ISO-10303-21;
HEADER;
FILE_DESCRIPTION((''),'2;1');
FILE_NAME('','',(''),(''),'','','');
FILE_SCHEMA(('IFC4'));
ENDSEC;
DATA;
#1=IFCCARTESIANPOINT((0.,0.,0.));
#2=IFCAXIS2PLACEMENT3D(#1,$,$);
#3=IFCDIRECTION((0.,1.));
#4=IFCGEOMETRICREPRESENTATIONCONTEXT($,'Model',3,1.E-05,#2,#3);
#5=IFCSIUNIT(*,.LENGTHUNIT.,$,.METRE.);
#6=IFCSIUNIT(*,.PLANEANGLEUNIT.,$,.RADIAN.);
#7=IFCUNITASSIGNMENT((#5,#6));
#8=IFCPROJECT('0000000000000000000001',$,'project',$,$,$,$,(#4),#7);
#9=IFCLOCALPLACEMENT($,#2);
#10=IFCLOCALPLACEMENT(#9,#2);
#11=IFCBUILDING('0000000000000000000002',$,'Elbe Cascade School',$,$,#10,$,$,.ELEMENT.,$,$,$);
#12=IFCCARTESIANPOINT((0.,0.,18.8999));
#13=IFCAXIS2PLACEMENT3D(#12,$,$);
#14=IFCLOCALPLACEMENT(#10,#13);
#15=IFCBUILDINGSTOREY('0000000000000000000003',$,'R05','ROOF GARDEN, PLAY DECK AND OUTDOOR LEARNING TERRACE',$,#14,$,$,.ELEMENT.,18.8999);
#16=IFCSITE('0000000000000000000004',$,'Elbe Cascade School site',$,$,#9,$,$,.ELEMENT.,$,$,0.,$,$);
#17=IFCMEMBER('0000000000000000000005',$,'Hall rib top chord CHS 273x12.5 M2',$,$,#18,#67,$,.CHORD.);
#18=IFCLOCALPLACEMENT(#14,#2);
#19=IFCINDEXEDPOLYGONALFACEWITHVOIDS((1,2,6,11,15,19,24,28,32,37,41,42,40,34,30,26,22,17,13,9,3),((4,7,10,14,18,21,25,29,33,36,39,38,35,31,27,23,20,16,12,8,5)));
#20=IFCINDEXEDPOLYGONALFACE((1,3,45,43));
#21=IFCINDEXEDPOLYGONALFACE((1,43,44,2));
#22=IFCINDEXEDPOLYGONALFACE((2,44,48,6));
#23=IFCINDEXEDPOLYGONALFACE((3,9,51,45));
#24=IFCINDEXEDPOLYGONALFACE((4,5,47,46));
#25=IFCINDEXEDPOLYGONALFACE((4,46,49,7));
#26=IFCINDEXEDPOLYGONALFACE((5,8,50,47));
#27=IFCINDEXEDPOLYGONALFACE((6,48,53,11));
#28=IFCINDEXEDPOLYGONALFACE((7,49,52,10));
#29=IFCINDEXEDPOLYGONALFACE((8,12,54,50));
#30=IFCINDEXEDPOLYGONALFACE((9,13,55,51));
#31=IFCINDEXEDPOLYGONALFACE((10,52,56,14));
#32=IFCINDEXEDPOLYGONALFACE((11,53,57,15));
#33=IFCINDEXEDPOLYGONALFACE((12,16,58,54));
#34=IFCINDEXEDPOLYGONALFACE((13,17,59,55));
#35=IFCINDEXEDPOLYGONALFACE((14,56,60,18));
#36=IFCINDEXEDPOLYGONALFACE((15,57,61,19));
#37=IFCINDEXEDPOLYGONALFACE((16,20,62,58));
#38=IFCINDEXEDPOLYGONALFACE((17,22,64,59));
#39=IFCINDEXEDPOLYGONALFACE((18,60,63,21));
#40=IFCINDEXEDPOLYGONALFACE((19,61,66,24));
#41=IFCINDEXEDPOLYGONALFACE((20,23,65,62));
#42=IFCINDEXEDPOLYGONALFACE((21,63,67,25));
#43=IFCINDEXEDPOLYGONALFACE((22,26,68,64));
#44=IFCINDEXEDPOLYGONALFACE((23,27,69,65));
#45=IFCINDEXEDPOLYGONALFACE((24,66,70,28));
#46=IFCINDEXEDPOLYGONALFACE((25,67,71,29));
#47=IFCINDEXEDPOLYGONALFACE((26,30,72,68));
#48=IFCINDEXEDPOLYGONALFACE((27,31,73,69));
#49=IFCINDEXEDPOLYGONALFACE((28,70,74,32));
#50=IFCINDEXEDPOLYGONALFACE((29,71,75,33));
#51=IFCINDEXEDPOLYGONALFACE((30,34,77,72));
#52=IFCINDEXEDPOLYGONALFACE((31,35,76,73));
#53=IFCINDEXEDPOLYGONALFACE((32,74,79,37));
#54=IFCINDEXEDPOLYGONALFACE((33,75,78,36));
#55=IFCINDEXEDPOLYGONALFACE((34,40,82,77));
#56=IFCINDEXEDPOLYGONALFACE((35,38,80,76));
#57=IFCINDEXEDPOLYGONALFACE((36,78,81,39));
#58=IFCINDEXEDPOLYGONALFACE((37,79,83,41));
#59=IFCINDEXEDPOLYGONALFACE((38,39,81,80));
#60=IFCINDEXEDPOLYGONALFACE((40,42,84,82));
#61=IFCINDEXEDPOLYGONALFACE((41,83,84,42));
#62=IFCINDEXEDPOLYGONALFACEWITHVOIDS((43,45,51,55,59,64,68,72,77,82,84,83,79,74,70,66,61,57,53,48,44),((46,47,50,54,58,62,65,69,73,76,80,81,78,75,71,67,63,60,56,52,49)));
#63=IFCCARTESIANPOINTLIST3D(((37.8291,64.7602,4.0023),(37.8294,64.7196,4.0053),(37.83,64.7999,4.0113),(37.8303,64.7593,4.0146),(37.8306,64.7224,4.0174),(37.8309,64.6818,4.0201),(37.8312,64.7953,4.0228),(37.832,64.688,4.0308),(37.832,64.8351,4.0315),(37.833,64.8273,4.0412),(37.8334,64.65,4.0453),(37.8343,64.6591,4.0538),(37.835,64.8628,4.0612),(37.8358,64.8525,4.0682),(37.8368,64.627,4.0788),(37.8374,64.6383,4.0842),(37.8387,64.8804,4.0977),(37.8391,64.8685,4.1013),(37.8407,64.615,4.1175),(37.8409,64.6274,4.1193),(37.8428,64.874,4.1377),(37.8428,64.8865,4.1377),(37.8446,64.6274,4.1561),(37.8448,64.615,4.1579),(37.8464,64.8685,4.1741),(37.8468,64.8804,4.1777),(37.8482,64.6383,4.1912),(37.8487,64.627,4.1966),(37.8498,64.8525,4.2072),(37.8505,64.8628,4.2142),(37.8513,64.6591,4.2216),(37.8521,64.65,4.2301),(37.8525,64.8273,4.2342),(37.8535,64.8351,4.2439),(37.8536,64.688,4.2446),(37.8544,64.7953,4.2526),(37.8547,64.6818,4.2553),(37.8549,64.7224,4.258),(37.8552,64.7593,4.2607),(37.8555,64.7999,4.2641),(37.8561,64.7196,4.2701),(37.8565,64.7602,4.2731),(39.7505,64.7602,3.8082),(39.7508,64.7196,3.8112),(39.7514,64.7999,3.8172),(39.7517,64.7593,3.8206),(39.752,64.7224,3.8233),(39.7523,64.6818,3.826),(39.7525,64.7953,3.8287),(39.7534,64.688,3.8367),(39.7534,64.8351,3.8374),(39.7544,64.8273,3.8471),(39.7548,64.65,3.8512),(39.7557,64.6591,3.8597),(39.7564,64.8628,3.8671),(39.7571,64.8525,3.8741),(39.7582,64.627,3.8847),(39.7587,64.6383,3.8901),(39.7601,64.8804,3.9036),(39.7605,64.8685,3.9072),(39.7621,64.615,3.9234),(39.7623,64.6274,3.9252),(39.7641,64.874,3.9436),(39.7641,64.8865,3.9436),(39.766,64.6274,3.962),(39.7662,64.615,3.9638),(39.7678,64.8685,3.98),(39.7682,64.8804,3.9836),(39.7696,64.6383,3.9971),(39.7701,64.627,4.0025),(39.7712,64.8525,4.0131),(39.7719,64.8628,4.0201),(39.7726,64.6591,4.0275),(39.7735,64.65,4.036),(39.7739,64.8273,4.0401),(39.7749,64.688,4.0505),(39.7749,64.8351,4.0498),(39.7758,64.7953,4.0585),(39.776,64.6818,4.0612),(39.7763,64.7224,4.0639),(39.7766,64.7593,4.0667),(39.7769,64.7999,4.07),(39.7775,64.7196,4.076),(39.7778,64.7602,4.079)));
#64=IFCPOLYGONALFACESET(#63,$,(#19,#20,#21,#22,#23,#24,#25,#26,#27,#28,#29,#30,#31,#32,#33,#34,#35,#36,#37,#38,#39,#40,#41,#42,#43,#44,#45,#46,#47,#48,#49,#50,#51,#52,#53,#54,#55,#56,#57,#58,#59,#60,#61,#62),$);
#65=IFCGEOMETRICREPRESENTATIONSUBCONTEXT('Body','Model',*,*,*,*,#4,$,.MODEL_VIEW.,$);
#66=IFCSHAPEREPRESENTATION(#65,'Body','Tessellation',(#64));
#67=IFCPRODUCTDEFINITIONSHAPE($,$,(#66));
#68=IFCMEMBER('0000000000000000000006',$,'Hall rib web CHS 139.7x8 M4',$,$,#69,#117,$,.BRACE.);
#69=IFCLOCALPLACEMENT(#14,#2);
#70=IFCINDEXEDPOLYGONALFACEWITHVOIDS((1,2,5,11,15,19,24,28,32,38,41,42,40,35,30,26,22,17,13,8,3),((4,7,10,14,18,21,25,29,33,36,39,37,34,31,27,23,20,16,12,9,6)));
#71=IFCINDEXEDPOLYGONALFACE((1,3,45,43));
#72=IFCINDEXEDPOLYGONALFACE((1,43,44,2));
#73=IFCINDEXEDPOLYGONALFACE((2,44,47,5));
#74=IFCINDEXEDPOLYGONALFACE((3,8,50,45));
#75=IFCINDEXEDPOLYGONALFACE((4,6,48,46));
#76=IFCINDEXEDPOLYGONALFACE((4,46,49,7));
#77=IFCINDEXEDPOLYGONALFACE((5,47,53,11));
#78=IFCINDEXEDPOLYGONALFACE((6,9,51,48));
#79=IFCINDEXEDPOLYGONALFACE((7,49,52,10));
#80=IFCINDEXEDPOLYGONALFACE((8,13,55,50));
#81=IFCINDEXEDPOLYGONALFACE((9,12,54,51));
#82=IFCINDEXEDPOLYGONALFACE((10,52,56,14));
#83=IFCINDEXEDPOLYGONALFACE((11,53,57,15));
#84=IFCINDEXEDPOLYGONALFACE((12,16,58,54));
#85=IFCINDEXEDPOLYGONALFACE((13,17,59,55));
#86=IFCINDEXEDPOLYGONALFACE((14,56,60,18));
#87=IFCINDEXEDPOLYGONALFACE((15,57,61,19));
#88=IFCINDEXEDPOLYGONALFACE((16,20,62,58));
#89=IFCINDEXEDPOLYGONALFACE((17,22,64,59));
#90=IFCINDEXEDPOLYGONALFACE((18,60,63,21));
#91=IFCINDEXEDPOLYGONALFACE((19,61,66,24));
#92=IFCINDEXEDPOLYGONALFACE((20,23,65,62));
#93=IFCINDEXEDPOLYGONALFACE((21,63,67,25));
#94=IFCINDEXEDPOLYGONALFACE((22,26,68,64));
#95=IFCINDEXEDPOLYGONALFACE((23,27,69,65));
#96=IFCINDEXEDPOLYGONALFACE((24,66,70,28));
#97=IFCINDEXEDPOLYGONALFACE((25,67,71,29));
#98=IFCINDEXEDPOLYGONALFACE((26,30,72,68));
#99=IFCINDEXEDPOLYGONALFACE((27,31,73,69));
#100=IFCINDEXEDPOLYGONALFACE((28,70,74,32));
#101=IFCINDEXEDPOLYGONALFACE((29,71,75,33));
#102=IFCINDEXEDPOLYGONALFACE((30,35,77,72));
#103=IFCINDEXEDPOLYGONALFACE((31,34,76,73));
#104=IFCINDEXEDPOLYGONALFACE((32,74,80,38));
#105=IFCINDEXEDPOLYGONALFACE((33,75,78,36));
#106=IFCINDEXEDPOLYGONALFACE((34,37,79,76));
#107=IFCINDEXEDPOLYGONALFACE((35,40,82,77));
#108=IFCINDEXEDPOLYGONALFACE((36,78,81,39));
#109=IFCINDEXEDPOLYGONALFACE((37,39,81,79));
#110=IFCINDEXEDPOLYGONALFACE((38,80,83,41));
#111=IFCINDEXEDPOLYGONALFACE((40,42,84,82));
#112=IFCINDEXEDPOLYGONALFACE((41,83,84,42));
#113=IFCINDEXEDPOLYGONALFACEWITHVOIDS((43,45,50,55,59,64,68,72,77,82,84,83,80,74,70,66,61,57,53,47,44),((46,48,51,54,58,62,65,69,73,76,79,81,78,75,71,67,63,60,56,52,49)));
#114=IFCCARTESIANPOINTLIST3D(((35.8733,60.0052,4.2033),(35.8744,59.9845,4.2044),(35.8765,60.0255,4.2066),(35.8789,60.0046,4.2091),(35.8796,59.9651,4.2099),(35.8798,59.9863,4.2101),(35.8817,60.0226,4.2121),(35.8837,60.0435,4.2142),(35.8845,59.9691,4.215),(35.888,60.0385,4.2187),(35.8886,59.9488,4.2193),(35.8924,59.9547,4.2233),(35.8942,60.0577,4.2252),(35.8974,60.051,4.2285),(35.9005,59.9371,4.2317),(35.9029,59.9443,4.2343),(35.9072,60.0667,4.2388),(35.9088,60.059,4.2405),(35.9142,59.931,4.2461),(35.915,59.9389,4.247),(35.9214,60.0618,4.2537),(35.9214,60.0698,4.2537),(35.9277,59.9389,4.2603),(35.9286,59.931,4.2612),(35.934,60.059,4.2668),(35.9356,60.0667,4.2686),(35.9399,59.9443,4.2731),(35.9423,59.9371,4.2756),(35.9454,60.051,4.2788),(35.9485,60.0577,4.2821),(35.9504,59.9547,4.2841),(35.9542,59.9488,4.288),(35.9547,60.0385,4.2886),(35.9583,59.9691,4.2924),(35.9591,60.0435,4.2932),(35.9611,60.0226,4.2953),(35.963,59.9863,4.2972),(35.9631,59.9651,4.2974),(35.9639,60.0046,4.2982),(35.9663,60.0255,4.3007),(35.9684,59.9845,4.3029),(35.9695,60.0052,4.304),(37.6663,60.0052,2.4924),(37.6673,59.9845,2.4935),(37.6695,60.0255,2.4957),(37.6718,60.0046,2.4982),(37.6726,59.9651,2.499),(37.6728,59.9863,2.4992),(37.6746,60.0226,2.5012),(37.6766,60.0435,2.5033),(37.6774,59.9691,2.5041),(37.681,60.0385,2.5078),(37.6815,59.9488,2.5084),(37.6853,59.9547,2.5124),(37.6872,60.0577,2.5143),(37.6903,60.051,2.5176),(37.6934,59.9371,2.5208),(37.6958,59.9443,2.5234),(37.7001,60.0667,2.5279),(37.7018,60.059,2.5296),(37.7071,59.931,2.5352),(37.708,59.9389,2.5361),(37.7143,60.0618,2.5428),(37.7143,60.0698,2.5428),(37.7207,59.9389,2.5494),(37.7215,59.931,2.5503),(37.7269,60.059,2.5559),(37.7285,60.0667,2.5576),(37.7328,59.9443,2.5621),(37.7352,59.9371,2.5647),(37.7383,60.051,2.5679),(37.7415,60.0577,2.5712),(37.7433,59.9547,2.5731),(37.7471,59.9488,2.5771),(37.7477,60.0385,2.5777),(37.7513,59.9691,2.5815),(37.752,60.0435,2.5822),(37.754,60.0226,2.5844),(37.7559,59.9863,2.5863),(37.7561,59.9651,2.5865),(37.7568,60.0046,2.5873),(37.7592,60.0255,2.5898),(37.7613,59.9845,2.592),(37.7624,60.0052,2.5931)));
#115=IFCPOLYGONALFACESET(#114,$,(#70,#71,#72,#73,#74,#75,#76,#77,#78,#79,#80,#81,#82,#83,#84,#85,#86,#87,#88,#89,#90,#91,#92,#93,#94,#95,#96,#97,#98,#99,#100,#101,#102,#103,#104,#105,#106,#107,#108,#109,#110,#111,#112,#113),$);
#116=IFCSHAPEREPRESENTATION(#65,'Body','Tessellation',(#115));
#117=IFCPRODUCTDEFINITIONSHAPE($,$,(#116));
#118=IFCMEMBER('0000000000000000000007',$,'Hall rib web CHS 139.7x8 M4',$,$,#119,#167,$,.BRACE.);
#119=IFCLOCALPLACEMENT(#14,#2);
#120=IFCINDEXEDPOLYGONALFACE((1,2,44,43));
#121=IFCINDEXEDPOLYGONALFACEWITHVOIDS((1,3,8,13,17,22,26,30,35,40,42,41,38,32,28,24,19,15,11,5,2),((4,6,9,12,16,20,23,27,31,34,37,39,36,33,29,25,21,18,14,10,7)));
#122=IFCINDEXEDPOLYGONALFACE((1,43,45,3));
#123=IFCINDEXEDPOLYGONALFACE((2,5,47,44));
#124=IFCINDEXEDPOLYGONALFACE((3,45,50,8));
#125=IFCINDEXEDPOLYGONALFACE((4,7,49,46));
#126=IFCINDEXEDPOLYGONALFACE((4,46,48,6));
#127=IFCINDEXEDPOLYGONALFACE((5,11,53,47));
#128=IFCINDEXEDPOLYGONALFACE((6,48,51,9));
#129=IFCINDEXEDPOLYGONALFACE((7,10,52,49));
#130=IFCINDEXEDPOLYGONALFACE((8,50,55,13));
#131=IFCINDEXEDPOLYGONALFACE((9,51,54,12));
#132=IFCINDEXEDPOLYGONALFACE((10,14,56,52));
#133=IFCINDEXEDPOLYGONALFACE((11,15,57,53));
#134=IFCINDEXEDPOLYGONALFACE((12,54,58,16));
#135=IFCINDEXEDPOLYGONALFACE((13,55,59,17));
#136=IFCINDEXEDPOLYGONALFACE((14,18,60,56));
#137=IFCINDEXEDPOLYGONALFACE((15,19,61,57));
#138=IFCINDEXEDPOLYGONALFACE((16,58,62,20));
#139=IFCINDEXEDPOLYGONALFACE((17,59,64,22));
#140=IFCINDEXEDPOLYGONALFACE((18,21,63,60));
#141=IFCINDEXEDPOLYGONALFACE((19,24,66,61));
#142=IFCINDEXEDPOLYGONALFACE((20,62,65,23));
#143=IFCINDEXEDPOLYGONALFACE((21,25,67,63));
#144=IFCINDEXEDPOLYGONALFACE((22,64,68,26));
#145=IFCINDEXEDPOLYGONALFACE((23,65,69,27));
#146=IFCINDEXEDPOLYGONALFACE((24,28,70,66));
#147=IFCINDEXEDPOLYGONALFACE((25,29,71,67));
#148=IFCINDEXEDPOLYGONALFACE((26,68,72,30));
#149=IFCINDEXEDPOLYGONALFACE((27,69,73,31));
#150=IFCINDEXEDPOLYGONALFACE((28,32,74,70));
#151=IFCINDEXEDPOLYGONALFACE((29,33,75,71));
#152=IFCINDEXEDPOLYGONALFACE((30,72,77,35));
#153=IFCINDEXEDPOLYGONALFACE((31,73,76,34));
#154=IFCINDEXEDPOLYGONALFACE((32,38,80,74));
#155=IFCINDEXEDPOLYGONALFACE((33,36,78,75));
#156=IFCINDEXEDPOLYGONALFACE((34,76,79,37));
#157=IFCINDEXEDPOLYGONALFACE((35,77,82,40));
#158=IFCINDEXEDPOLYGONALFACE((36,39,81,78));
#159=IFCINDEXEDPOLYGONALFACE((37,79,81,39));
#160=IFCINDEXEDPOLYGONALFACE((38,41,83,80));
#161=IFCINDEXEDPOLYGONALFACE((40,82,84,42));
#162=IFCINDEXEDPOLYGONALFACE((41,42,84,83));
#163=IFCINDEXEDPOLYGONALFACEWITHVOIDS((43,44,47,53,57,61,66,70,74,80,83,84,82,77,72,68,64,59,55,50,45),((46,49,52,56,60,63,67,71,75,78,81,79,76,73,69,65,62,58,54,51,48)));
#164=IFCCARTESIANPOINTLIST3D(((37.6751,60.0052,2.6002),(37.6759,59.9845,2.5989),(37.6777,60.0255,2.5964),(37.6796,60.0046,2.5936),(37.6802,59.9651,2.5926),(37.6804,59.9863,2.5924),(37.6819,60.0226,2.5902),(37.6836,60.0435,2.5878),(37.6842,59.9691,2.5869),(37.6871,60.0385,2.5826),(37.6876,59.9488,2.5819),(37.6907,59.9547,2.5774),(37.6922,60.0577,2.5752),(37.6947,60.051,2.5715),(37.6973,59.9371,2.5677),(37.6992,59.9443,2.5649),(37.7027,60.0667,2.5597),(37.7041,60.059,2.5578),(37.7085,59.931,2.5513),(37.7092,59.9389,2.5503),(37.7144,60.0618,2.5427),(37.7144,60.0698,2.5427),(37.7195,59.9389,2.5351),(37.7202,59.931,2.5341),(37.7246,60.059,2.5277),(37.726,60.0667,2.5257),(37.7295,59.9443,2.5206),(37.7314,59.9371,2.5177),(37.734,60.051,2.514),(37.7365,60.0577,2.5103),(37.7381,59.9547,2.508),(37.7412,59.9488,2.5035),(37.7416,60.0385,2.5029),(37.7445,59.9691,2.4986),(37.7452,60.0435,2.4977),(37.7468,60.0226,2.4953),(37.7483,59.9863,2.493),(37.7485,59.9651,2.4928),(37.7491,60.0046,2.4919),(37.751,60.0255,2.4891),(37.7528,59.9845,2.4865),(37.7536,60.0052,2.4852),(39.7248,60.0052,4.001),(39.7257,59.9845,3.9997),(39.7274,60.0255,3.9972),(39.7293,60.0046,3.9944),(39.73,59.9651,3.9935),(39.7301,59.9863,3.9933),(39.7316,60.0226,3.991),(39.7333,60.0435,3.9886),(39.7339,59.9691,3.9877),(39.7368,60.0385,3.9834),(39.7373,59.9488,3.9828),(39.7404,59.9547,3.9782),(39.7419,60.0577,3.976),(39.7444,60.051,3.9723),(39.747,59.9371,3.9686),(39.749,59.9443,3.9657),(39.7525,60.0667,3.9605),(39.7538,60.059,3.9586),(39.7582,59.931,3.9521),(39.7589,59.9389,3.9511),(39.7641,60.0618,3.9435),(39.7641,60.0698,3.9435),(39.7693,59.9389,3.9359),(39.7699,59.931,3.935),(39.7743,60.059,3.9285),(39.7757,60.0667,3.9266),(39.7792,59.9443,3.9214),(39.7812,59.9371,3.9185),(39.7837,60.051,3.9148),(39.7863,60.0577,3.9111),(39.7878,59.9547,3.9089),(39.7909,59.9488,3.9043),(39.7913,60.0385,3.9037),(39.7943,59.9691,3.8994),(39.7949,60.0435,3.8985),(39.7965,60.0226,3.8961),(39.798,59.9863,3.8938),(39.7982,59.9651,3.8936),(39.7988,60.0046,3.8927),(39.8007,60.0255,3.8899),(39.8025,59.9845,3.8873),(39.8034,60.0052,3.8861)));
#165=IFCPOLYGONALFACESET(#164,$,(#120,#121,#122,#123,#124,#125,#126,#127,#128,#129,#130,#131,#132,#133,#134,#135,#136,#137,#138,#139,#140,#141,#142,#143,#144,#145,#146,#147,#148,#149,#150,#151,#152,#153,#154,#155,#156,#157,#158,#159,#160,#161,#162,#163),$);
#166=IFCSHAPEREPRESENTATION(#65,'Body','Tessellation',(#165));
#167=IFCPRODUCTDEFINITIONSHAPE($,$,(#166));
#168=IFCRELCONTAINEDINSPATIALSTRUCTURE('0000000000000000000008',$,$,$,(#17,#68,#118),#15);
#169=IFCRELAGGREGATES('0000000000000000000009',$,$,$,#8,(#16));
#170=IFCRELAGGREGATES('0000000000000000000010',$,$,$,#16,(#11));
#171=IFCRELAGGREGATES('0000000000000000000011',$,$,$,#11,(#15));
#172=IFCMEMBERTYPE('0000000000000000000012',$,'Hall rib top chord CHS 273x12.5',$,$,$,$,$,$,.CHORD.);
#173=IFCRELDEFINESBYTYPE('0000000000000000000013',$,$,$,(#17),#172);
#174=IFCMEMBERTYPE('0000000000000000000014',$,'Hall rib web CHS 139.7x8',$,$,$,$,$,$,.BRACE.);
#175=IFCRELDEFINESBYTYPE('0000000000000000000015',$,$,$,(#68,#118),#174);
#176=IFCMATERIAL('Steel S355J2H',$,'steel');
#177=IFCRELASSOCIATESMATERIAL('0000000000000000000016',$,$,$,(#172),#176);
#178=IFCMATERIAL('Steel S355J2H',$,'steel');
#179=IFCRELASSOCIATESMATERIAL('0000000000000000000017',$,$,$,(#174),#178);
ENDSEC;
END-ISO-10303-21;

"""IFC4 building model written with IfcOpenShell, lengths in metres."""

from ifc_helpers import new_model, si_unit, direction, frame, origin, origin_2d, place, context, subcontext, project, spatial, hollow_circle, extrude, material, material_profile, profile_set, type_object, element, save


model = new_model("IFC4")

# Units and contexts
model_context = context("Model", 3, precision=1e-05, world=origin(), true_north=direction((0.0, 1.0)))
body_context = subcontext(model_context, "Body", "Model", "MODEL_VIEW")
ifc_project = project(units=[si_unit("LENGTHUNIT", "METRE"), si_unit("PLANEANGLEUNIT", "RADIAN")], contexts=[model_context])

# Site, building, storey
site_placement = place(None, origin())
site = spatial("IfcSite", under=ifc_project, at=site_placement, Name="Elbe Cascade School site", CompositionType="ELEMENT", RefElevation=0.0)
building_placement = place(site_placement, origin())
building = spatial("IfcBuilding", under=site, at=building_placement, Name="Elbe Cascade School", CompositionType="ELEMENT")
storey_placement = place(building_placement, frame((0.0, 0.0, 18.8999)))
storey = spatial("IfcBuildingStorey", under=building, at=storey_placement, Name="R05", Description="ROOF GARDEN, PLAY DECK AND OUTDOOR LEARNING TERRACE", CompositionType="ELEMENT", Elevation=18.8999)

# Members
ifc_material_1 = material(Name="Steel S355J2H", Category="steel")
ifc_material_profile_1 = material_profile(ifc_material_1, hollow_circle(Radius=0.1365, WallThickness=0.0125, at=origin_2d()), Name="CHS 273x12.5")
ifc_profile_set_1 = profile_set([ifc_material_profile_1], Name="Steel S355J2H")
member_type_1 = type_object("IfcMemberType", Name="Hall rib top chord CHS 273x12.5", PredefinedType="CHORD", material=ifc_profile_set_1)
member_1_placement = place(storey_placement, frame((37.8428, 64.75, 4.1377), z_axis=(0.994937, 0.0, -0.100505), x_axis=(0.0, 1.0, 0.0)))
element("IfcMember", 1, at=member_1_placement, inside=storey, type_object=member_type_1, Name="Hall rib top chord CHS 273x12.5 M2", PredefinedType="CHORD", context=body_context, shape_type="SweptSolid", body=[
    extrude(hollow_circle(Radius=0.1365, WallThickness=0.0125, at=origin_2d()), origin(), (0.0, 0.0, 1.0), 1.9312),
])
ifc_material_2 = material(Name="Steel S355J2H", Category="steel")
ifc_material_profile_2 = material_profile(ifc_material_2, hollow_circle(Radius=0.0698, WallThickness=0.0081, at=origin_2d()), Name="CHS 139.7x8")
ifc_profile_set_2 = profile_set([ifc_material_profile_2], Name="Steel S355J2H")
member_type_2 = type_object("IfcMemberType", Name="Hall rib web CHS 139.7x8", PredefinedType="BRACE", material=ifc_profile_set_2)
member_2_placement = place(storey_placement, frame((35.9214, 60.0, 4.2537), z_axis=(0.723463, 0.0, -0.690363), x_axis=(0.0, 1.0, 0.0)))
element("IfcMember", 2, at=member_2_placement, inside=storey, type_object=member_type_2, Name="Hall rib web CHS 139.7x8 M4", PredefinedType="BRACE", context=body_context, shape_type="SweptSolid", body=[
    extrude(hollow_circle(Radius=0.0698, WallThickness=0.0081, at=origin_2d()), origin(), (0.0, 0.0, 1.0), 2.4783),
])
member_3_placement = place(storey_placement, frame((37.7144, 60.0, 2.5427), z_axis=(0.825611, 0.0, 0.56424), x_axis=(0.0, 1.0, 0.0)))
element("IfcMember", 3, at=member_3_placement, inside=storey, type_object=member_type_2, Name="Hall rib web CHS 139.7x8 M4", PredefinedType="BRACE", context=body_context, shape_type="SweptSolid", body=[
    extrude(hollow_circle(Radius=0.0698, WallThickness=0.0081, at=origin_2d()), origin(), (0.0, 0.0, 1.0), 2.4827),
])

save(model, "model.ifc")
